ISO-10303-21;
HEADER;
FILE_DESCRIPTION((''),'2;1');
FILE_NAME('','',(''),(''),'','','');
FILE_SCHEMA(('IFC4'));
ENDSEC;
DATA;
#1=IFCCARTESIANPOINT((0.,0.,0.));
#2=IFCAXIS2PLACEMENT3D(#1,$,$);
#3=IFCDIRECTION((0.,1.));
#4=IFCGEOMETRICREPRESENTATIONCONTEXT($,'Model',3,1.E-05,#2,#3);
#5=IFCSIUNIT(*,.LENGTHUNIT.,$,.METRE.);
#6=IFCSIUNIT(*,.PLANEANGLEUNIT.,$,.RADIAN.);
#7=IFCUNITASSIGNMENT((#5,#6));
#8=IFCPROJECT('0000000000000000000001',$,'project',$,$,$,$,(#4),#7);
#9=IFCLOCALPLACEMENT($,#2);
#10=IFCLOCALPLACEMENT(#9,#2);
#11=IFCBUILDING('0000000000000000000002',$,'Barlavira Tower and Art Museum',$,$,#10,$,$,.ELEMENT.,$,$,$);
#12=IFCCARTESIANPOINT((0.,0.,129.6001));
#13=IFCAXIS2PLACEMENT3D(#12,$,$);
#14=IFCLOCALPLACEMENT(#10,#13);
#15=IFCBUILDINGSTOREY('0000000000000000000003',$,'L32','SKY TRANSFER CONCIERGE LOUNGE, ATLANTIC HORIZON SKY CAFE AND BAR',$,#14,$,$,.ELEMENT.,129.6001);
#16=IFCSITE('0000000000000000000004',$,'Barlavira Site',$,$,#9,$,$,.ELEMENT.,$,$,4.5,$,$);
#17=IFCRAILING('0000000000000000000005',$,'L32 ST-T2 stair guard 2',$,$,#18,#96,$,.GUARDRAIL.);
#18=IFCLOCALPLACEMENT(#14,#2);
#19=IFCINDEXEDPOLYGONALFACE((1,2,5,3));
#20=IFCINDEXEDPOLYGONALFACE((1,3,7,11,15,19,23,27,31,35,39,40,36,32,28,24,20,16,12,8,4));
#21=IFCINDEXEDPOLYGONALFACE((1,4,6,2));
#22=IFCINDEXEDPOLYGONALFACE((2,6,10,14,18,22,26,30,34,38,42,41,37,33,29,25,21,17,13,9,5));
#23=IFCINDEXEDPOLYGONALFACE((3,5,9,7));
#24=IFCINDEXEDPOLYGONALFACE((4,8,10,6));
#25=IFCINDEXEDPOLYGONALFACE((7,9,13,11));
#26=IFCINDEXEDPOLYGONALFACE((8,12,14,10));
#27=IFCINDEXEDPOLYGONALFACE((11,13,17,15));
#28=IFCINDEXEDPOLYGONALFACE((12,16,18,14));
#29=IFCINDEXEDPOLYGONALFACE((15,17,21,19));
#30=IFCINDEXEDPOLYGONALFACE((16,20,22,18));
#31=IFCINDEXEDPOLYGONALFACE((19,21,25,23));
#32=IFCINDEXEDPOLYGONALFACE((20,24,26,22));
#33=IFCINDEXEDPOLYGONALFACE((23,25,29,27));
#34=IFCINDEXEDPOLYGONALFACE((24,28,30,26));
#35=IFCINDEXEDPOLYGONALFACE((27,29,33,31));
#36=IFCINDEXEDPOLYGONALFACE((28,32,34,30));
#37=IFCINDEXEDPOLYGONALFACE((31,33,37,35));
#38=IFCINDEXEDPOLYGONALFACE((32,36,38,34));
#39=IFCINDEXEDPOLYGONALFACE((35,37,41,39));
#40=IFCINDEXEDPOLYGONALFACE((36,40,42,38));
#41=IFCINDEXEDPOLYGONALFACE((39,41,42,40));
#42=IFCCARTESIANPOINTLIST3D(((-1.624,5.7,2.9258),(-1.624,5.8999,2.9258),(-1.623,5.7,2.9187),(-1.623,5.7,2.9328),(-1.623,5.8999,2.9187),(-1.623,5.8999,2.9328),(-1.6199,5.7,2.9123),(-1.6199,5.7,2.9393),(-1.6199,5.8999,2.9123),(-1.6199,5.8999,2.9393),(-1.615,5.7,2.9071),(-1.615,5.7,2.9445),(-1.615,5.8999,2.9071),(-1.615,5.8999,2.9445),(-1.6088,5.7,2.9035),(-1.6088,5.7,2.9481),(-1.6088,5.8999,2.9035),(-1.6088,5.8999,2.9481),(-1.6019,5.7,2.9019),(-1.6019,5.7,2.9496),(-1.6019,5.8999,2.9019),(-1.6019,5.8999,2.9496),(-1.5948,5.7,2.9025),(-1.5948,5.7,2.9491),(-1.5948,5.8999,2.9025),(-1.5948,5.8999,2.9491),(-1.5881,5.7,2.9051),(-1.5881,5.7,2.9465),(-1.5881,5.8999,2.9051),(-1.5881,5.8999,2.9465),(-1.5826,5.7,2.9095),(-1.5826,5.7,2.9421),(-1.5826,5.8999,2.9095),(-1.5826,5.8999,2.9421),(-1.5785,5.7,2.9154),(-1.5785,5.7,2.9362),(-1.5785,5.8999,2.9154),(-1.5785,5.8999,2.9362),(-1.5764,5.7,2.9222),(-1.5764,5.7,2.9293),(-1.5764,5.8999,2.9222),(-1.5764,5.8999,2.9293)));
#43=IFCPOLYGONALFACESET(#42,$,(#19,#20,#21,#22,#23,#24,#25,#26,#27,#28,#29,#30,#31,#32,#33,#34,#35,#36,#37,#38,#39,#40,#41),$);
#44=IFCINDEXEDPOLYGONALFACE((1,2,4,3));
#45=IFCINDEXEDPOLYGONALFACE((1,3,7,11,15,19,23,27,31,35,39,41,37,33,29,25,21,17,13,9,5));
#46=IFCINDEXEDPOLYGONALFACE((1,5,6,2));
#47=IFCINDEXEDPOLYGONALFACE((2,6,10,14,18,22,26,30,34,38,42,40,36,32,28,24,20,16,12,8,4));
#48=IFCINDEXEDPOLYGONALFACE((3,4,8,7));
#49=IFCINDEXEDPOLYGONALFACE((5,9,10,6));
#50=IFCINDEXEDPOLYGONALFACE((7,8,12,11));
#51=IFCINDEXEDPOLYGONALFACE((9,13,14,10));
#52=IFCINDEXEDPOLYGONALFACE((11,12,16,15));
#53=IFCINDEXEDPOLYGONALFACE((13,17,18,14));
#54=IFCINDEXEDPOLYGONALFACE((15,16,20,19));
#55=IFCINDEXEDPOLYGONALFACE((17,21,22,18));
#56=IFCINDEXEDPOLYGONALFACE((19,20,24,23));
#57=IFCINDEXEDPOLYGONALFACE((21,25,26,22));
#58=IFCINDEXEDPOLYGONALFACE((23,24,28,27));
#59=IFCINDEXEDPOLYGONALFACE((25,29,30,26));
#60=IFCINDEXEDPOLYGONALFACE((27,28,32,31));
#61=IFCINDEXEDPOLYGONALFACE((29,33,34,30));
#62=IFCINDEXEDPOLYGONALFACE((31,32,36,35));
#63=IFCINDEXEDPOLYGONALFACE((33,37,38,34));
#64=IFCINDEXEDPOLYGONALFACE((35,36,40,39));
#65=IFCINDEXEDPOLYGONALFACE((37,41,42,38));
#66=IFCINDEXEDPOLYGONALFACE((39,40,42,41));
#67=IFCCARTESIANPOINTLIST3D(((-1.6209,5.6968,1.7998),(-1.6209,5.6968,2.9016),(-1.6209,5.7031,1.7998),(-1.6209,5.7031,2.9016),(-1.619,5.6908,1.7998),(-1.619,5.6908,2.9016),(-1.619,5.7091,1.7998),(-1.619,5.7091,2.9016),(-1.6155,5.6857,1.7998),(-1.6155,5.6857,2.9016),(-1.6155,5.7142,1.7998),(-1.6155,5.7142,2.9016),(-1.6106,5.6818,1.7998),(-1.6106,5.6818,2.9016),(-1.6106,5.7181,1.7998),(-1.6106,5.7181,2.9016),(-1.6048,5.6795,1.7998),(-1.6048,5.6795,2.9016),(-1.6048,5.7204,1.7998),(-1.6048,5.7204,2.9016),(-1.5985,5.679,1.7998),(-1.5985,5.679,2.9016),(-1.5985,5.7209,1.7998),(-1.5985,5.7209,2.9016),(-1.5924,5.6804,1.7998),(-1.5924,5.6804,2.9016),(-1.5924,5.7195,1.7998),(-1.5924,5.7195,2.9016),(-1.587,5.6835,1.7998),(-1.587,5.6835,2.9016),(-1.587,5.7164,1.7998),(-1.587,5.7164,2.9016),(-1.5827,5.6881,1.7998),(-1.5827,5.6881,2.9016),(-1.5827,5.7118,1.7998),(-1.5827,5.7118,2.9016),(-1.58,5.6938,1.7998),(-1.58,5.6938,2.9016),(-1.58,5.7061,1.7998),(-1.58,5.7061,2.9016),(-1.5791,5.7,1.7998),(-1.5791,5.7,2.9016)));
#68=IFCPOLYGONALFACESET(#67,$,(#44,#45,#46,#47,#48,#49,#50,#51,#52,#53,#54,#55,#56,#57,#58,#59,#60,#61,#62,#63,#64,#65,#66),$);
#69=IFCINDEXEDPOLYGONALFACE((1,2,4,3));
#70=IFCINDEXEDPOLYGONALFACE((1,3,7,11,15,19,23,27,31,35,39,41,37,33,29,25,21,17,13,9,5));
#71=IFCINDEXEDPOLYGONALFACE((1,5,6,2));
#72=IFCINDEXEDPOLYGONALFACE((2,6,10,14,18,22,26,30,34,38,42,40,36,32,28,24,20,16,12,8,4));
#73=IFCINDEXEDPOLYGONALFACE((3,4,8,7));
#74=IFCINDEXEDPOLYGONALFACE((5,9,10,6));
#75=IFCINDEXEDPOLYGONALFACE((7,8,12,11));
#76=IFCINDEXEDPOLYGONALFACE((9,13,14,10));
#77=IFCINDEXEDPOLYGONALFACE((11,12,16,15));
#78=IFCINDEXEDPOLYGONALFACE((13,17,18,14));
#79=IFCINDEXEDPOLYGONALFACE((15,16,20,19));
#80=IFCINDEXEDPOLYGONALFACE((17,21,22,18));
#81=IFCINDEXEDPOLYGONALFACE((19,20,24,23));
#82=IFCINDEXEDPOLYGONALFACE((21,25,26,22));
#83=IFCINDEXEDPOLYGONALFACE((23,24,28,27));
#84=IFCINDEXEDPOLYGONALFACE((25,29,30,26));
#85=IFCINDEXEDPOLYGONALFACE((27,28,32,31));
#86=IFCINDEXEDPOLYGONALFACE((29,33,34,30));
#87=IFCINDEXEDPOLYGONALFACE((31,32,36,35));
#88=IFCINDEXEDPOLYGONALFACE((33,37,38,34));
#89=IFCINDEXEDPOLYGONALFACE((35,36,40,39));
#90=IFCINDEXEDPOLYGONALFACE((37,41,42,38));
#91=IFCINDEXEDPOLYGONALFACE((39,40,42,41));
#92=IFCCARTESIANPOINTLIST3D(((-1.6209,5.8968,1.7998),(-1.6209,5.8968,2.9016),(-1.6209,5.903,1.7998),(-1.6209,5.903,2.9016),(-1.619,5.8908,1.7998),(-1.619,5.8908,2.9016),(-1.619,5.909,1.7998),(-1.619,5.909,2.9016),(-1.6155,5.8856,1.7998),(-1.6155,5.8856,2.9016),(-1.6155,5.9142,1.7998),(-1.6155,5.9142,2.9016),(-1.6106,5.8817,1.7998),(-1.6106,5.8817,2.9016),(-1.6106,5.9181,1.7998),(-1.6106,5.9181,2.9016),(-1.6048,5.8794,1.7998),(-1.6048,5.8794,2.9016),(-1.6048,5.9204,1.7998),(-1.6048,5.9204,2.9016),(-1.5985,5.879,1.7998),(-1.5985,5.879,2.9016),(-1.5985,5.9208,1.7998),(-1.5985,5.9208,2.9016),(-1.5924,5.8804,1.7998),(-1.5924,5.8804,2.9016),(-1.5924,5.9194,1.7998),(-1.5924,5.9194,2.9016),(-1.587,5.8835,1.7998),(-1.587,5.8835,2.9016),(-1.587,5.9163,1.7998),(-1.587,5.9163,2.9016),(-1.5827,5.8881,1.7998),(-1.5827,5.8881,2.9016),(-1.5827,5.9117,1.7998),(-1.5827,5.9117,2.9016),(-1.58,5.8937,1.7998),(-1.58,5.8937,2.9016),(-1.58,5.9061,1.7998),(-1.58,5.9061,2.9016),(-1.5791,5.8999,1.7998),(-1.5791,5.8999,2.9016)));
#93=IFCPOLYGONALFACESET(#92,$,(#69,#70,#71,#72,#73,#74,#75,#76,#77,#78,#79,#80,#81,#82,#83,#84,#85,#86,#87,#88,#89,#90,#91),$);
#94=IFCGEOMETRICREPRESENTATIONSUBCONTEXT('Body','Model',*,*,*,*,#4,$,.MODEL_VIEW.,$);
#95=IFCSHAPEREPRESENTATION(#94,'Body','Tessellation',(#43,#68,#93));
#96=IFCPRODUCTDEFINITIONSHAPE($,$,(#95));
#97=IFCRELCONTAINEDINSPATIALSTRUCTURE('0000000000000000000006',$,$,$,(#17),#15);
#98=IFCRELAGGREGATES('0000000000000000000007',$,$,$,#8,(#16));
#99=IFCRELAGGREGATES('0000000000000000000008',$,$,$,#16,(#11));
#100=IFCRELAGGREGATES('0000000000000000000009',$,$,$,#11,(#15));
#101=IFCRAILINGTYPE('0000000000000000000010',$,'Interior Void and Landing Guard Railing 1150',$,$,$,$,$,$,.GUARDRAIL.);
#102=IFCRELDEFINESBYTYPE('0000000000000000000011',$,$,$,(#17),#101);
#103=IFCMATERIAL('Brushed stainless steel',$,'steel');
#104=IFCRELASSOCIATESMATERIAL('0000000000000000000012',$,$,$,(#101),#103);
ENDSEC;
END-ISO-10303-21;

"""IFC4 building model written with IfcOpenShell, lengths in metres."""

from ifc_helpers import new_model, si_unit, direction, frame, origin, origin_2d, place, context, subcontext, project, spatial, circle, extrude, material, type_object, element, save


model = new_model("IFC4")

# Units and contexts
model_context = context("Model", 3, precision=1e-05, world=origin(), true_north=direction((0.0, 1.0)))
body_context = subcontext(model_context, "Body", "Model", "MODEL_VIEW")
ifc_project = project(units=[si_unit("LENGTHUNIT", "METRE"), si_unit("PLANEANGLEUNIT", "RADIAN")], contexts=[model_context])

# Site, building, storey
site_placement = place(None, origin())
site = spatial("IfcSite", under=ifc_project, at=site_placement, Name="Barlavira Site", CompositionType="ELEMENT", RefElevation=4.5)
building_placement = place(site_placement, origin())
building = spatial("IfcBuilding", under=site, at=building_placement, Name="Barlavira Tower and Art Museum", CompositionType="ELEMENT")
storey_placement = place(building_placement, frame((0.0, 0.0, 129.6001)))
storey = spatial("IfcBuildingStorey", under=building, at=storey_placement, Name="L32", Description="SKY TRANSFER CONCIERGE LOUNGE, ATLANTIC HORIZON SKY CAFE AND BAR", CompositionType="ELEMENT", Elevation=129.6001)

# Shared definitions
ifc_material_1 = material(Name="Brushed stainless steel", Category="steel")

# Railing
railing_type_1 = type_object("IfcRailingType", Name="Interior Void and Landing Guard Railing 1150", PredefinedType="GUARDRAIL", material=ifc_material_1)
railing_1_placement = place(storey_placement, frame((-1.6001, 5.7, 1.7998)))
element("IfcRailing", 1, at=railing_1_placement, inside=storey, type_object=railing_type_1, Name="L32 ST-T2 stair guard 2", PredefinedType="GUARDRAIL", context=body_context, shape_type="SweptSolid", body=[
    extrude(circle(Radius=0.0239, at=origin_2d()), frame((0.0, 0.0, 1.126), z_axis=(0.0, 1.0, 0.0), x_axis=(-1.0, 0.0, 0.0)), (0.0, 0.0, 1.0), 0.2),
    extrude(circle(Radius=0.021, at=origin_2d()), origin(), (0.0, 0.0, 1.0), 1.1018),
    extrude(circle(Radius=0.021, at=origin_2d()), frame((0.0, 0.2, 0.0)), (0.0, 0.0, 1.0), 1.1018),
])

save(model, "model.ifc")
